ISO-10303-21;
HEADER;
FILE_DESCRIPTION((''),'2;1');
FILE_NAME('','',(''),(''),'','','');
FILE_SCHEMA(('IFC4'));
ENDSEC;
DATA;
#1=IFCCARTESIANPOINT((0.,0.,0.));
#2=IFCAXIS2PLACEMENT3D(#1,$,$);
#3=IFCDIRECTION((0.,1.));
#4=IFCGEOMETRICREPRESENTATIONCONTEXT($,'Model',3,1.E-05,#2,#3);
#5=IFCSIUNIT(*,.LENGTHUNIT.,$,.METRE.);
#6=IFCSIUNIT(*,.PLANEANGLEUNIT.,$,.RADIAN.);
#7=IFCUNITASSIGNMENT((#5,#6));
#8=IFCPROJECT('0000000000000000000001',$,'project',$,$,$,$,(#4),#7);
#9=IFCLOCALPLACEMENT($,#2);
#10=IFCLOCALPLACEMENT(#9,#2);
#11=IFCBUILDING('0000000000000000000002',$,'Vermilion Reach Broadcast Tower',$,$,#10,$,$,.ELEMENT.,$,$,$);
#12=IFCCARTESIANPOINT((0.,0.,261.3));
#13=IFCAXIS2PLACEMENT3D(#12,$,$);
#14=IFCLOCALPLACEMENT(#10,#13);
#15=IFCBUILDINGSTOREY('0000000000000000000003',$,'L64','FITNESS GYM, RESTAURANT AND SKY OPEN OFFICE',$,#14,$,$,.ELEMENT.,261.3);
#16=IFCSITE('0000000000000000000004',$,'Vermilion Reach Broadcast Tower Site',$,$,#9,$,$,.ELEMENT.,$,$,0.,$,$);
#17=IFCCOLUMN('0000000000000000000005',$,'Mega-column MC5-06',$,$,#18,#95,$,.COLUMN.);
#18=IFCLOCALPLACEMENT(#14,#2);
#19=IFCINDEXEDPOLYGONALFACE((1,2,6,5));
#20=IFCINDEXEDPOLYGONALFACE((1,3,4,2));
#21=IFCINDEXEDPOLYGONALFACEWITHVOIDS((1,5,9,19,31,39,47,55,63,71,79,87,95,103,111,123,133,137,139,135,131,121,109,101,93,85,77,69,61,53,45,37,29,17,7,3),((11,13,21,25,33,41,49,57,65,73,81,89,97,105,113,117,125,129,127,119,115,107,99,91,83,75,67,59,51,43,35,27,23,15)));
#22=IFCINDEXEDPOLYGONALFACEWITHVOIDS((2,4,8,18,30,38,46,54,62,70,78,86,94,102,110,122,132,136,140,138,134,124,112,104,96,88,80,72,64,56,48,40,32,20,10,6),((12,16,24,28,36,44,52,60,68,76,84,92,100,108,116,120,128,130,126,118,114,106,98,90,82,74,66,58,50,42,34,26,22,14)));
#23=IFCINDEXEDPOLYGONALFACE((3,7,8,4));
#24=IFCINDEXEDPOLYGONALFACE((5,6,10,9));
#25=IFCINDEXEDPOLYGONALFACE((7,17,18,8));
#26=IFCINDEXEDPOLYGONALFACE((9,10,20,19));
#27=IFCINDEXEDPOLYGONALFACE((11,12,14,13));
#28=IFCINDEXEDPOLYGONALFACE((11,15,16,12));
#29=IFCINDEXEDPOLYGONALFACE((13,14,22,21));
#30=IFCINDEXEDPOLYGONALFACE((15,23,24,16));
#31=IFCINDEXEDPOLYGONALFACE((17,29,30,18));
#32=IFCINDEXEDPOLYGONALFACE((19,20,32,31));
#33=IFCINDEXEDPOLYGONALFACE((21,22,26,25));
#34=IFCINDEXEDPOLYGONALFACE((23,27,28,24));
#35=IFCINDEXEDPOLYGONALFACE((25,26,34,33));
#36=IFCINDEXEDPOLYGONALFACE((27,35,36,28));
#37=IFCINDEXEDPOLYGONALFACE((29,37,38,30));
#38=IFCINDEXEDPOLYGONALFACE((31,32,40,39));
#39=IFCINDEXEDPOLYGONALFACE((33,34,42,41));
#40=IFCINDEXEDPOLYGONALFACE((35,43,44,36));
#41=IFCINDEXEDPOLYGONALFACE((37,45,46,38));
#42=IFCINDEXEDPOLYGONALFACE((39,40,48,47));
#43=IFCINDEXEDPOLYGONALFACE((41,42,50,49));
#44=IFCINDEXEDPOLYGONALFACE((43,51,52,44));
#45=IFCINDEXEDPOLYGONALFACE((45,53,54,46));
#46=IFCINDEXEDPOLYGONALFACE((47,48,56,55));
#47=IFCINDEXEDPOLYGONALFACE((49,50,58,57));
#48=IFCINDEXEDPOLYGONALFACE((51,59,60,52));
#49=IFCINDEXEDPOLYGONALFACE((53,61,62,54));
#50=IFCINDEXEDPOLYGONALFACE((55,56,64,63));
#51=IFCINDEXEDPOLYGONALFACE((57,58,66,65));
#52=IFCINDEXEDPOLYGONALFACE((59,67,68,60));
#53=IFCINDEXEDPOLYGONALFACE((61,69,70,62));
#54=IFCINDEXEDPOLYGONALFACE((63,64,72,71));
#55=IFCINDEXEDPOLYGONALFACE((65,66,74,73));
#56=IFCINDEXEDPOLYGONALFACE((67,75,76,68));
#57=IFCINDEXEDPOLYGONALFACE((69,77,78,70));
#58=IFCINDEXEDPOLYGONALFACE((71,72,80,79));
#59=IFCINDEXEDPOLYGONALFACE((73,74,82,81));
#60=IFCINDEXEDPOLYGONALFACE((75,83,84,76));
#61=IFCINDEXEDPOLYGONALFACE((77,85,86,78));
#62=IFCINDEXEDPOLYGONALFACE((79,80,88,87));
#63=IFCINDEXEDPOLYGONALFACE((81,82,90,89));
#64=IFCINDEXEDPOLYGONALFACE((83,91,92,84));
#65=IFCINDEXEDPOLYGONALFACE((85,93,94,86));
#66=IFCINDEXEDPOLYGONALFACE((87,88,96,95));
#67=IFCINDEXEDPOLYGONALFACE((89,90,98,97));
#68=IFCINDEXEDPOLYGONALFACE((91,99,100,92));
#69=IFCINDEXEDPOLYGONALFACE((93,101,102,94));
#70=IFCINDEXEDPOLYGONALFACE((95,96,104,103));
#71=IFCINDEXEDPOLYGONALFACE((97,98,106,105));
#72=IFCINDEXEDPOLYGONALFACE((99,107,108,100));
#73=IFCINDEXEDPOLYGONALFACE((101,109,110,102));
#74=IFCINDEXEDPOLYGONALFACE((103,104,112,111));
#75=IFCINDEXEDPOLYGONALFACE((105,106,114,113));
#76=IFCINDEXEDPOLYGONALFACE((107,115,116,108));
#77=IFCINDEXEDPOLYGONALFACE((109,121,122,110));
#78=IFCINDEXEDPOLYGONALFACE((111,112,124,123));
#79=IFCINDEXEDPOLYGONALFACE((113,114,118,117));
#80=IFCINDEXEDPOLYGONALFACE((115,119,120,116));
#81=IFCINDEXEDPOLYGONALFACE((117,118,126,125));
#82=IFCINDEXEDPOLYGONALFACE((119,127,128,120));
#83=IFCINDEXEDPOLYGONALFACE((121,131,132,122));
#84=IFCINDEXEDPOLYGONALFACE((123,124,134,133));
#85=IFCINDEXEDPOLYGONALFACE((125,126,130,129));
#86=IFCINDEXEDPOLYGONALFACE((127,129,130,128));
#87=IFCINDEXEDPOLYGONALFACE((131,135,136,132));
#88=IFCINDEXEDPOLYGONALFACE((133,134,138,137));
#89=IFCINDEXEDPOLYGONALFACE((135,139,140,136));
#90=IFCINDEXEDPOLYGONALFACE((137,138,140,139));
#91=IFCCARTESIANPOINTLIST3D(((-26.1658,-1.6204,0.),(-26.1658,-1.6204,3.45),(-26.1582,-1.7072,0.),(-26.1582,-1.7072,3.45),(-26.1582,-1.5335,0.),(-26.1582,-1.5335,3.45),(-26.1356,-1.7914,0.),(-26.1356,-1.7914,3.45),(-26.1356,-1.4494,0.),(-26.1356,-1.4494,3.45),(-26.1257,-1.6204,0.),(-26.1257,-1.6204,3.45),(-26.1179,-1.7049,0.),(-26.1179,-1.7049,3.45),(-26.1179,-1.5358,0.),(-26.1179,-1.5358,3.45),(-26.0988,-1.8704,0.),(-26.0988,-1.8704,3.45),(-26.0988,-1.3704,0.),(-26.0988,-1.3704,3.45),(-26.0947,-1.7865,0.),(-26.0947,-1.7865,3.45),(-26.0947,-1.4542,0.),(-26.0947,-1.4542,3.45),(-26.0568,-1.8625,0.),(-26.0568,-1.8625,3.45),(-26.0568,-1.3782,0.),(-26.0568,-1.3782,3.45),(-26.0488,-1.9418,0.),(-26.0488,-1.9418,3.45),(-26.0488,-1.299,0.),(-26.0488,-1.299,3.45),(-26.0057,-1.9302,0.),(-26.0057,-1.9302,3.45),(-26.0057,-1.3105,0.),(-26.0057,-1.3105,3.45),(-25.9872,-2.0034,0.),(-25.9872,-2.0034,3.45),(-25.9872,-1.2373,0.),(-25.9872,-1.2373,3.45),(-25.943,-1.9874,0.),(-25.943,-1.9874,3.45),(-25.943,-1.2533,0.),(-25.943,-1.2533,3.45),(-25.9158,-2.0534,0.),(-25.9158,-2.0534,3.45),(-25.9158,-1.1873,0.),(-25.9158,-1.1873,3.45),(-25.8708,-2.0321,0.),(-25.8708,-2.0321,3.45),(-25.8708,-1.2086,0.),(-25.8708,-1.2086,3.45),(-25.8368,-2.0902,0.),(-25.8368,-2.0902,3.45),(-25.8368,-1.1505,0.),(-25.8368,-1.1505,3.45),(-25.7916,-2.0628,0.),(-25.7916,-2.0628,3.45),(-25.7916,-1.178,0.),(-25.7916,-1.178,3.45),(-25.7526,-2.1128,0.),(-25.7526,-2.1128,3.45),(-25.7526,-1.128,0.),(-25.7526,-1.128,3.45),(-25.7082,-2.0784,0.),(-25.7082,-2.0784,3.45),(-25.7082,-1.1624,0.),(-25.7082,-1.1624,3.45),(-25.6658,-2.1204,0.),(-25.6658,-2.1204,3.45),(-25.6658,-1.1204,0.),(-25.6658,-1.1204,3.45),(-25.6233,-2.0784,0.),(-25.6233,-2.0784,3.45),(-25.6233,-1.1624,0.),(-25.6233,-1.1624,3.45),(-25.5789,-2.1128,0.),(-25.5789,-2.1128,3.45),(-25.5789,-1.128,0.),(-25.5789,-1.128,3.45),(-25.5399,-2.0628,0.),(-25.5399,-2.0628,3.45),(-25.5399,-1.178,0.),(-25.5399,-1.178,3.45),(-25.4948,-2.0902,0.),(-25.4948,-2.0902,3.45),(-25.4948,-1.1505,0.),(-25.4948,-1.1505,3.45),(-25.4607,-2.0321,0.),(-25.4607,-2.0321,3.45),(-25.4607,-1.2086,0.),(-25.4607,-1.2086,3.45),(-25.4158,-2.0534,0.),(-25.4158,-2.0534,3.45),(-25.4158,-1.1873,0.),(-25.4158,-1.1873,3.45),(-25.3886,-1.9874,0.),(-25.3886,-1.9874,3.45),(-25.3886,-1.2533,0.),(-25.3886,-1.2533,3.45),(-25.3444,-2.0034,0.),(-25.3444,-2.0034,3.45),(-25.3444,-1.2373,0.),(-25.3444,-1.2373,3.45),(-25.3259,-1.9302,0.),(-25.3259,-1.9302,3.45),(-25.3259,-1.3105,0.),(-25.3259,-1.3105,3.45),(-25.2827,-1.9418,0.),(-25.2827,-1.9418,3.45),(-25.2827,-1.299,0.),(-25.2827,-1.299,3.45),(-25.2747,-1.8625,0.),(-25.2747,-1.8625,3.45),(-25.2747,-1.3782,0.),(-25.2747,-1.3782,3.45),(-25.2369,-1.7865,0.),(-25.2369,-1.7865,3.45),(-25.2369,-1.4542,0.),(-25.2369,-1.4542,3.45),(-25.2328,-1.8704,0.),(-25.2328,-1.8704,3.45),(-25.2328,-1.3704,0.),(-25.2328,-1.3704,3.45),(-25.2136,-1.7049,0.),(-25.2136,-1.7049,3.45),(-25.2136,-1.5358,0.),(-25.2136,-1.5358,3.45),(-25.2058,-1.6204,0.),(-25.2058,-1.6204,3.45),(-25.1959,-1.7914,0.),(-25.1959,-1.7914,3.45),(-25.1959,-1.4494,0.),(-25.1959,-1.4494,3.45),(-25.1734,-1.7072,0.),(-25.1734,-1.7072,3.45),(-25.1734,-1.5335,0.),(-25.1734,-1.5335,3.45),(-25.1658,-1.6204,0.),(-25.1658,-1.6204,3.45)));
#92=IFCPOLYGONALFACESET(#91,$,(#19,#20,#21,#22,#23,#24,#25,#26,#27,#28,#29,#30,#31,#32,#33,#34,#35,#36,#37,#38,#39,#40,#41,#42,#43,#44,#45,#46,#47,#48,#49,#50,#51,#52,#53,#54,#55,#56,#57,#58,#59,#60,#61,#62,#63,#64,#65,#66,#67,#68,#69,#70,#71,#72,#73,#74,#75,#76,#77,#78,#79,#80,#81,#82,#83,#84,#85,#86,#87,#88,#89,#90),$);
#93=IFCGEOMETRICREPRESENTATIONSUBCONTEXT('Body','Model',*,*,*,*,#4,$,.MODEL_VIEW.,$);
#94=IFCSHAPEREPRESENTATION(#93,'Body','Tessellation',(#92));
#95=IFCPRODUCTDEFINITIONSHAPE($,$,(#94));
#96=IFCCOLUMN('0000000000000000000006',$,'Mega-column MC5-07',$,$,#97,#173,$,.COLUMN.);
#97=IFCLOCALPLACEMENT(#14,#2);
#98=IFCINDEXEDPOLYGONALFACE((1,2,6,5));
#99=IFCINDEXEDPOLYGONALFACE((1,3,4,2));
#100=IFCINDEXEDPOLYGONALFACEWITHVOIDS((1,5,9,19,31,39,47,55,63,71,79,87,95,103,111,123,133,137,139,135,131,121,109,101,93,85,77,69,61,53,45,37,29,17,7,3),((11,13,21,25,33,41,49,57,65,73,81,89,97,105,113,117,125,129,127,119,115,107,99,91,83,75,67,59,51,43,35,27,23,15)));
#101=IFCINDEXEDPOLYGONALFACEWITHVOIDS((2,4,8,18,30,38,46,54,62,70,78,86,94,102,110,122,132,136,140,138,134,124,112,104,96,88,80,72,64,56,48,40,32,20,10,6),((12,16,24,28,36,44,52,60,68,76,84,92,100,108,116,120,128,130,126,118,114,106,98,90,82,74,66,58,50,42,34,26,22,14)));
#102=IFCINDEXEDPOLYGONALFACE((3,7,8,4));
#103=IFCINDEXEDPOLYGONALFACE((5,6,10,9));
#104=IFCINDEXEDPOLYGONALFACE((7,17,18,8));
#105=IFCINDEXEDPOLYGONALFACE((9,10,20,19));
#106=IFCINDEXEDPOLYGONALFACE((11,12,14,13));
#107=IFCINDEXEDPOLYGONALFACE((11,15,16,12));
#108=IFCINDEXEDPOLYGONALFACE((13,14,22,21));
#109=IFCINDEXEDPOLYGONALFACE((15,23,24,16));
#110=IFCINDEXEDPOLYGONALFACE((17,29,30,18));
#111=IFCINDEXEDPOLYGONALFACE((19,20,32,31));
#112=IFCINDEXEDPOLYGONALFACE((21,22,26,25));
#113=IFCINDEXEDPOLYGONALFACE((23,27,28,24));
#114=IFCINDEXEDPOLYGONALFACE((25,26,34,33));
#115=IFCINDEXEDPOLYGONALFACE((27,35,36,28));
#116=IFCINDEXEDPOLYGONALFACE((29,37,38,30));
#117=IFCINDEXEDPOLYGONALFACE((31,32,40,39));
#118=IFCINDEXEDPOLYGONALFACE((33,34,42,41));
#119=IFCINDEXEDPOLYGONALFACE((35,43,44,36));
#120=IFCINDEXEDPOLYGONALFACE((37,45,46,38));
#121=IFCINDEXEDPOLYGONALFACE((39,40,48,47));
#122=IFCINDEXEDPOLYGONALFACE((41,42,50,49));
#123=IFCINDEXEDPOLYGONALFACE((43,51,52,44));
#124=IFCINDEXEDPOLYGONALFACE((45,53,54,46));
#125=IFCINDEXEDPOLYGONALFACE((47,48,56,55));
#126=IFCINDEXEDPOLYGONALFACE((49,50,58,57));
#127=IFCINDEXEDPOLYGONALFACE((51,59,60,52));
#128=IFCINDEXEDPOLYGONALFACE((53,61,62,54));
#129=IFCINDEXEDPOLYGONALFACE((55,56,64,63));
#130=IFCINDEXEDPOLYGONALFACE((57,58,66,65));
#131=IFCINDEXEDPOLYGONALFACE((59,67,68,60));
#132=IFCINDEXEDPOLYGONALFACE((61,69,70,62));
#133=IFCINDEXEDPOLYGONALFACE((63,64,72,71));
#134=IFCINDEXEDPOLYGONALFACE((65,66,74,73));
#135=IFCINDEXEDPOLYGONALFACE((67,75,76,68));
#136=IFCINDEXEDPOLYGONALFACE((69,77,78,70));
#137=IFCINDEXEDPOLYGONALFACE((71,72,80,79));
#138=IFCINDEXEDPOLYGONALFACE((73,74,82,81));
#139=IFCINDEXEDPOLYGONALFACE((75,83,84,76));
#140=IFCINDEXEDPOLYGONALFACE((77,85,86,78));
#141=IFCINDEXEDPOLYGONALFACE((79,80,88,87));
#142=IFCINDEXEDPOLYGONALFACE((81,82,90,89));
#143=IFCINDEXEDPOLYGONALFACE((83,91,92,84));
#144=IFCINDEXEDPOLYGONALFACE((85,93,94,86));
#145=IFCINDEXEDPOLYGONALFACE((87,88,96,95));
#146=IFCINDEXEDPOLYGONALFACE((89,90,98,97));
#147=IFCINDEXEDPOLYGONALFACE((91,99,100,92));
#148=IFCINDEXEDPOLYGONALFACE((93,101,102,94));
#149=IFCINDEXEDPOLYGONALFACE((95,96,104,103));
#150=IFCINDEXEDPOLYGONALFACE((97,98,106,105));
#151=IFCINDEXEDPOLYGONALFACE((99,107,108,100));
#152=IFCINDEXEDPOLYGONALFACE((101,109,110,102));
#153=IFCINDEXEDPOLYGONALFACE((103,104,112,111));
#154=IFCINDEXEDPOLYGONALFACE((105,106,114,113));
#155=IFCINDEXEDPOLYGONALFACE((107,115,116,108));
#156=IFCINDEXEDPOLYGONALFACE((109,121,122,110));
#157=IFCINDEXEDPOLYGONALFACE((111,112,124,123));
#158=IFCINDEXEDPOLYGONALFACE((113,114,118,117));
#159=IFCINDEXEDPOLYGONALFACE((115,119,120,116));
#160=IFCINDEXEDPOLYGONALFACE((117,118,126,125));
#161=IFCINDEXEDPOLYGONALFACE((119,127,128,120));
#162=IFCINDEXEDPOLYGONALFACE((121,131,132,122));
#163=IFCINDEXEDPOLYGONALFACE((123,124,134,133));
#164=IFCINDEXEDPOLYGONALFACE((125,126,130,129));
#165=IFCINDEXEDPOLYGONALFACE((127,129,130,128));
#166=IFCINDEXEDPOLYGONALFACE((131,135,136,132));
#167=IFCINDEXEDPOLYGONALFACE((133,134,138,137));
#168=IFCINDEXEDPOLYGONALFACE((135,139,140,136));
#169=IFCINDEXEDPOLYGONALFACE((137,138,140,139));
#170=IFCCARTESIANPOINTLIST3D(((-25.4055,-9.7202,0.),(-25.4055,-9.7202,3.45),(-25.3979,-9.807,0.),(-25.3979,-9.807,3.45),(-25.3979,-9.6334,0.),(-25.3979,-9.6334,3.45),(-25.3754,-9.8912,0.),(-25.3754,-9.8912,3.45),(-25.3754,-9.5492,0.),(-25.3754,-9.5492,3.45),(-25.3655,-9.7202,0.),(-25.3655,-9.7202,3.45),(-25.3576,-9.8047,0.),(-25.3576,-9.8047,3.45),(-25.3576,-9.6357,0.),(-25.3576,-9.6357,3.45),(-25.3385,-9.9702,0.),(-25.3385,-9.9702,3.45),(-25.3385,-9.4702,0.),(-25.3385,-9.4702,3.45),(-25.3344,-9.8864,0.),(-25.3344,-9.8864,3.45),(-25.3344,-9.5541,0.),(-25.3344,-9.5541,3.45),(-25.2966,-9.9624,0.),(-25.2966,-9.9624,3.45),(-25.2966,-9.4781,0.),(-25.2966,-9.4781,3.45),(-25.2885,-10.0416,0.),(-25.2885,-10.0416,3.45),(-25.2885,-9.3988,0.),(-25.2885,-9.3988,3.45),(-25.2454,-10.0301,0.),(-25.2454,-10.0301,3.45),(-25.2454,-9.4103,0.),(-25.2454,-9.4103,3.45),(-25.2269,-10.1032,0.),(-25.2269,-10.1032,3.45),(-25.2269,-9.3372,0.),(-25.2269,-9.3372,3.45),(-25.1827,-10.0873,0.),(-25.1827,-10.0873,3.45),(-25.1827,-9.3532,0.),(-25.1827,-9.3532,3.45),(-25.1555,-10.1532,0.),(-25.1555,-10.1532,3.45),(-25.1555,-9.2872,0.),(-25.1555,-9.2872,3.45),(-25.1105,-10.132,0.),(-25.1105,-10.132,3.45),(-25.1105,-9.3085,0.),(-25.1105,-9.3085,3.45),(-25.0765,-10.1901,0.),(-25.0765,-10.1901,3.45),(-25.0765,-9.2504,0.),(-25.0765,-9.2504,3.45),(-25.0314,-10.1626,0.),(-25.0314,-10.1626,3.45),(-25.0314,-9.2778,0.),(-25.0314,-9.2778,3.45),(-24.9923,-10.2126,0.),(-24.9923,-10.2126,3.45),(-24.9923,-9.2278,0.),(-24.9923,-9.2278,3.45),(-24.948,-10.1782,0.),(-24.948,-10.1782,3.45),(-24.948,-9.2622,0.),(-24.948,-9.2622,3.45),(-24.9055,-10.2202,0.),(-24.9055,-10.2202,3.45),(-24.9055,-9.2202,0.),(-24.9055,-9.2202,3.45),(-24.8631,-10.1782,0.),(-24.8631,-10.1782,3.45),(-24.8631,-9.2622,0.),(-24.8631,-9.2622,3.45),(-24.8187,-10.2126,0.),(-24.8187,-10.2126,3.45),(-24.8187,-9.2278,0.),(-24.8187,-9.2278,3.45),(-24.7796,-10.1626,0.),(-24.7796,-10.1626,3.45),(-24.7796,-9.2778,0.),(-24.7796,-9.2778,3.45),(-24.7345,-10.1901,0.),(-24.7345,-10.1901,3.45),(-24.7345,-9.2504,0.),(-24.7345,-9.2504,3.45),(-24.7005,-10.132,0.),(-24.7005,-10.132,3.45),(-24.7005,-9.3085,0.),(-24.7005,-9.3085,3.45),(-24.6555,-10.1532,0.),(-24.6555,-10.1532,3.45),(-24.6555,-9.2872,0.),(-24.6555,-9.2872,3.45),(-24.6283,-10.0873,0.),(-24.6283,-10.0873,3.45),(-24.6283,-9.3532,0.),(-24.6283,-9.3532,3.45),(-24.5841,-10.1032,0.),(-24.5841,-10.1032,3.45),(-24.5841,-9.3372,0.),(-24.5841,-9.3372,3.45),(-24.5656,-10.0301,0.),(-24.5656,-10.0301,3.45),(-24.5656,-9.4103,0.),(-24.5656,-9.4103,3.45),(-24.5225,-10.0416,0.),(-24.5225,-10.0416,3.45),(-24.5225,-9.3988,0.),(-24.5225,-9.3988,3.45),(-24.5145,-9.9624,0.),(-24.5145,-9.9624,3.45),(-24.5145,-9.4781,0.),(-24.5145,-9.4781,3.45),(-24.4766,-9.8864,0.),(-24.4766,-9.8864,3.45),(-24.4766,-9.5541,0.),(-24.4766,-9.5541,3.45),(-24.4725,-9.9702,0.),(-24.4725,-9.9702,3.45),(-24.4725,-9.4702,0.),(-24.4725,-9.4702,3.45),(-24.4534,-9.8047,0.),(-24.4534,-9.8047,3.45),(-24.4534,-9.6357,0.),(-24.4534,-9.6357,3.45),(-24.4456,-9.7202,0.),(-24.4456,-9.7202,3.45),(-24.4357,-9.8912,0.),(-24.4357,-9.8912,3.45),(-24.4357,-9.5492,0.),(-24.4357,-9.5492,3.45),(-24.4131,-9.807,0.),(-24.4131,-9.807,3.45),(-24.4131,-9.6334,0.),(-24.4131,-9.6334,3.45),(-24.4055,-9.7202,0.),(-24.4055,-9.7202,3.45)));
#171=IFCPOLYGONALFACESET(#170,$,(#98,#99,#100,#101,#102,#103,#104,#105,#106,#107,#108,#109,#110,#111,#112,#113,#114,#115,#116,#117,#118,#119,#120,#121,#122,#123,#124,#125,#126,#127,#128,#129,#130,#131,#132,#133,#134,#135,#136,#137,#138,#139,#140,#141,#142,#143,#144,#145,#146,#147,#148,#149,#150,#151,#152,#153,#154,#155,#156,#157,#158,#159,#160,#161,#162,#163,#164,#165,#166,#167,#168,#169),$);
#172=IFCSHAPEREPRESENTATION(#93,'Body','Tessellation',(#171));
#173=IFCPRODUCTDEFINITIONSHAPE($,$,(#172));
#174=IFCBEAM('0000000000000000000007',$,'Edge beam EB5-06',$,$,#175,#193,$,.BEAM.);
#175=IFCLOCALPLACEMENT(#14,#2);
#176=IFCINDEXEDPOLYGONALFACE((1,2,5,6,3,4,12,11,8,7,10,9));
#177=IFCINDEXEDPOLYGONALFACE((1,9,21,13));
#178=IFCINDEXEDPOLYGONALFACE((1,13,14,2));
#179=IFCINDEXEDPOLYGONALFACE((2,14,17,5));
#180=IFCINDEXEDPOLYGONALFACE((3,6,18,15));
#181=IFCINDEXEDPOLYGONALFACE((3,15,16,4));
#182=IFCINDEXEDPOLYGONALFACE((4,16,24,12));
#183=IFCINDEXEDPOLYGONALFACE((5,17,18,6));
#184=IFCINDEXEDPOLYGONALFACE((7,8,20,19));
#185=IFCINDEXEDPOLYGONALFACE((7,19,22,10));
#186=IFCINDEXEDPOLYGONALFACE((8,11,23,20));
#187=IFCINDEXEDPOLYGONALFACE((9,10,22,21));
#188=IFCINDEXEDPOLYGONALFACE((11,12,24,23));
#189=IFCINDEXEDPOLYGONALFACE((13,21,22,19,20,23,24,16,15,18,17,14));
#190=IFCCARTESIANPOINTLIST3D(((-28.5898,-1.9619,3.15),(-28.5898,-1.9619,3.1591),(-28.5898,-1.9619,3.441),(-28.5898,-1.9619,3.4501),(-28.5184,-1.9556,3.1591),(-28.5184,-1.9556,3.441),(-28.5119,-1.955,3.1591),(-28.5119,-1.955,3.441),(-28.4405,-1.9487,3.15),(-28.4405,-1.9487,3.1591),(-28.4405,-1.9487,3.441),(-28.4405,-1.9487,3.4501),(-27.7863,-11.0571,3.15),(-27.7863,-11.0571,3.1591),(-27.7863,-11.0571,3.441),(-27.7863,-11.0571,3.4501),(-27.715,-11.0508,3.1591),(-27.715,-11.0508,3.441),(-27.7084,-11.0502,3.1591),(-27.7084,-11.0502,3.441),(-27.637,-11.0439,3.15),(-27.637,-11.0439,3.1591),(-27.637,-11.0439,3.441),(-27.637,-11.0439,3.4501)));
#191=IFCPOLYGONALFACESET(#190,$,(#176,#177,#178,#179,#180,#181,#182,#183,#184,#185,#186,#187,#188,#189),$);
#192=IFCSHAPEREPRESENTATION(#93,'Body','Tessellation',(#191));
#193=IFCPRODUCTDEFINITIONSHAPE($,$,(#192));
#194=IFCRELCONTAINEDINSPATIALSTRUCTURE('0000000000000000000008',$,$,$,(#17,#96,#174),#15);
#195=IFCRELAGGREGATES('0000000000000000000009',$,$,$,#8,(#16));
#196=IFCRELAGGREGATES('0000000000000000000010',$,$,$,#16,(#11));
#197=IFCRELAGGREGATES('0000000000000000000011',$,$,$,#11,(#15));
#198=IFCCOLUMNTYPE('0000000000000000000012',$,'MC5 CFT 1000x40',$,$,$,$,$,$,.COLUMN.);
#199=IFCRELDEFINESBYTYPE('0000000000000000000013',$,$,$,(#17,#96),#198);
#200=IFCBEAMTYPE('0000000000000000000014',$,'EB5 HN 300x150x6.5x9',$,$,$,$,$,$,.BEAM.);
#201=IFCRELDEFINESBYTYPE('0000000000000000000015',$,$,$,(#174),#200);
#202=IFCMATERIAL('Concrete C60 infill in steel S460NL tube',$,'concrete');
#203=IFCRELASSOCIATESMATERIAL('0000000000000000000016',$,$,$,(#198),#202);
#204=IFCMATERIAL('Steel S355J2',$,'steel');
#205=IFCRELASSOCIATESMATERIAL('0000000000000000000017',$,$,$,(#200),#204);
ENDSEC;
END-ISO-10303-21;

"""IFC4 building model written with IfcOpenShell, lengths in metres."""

from ifc_helpers import new_model, si_unit, direction, frame, origin, origin_2d, place, context, subcontext, project, spatial, hollow_circle, i_section, extrude, material, material_profile, profile_set, type_object, element, save


model = new_model("IFC4")

# Units and contexts
model_context = context("Model", 3, precision=1e-05, world=origin(), true_north=direction((0.0, 1.0)))
body_context = subcontext(model_context, "Body", "Model", "MODEL_VIEW")
ifc_project = project(units=[si_unit("LENGTHUNIT", "METRE"), si_unit("PLANEANGLEUNIT", "RADIAN")], contexts=[model_context])

# Site, building, storey
site_placement = place(None, origin())
site = spatial("IfcSite", under=ifc_project, at=site_placement, Name="Vermilion Reach Broadcast Tower Site", CompositionType="ELEMENT", RefElevation=0.0)
building_placement = place(site_placement, origin())
building = spatial("IfcBuilding", under=site, at=building_placement, Name="Vermilion Reach Broadcast Tower", CompositionType="ELEMENT")
storey_placement = place(building_placement, frame((0.0, 0.0, 261.3)))
storey = spatial("IfcBuildingStorey", under=building, at=storey_placement, Name="L64", Description="FITNESS GYM, RESTAURANT AND SKY OPEN OFFICE", CompositionType="ELEMENT", Elevation=261.3)

# Columns
ifc_material_1 = material(Name="Concrete C60 infill in steel S460NL tube", Category="concrete")
ifc_material_profile_1 = material_profile(ifc_material_1, hollow_circle(Radius=0.5, WallThickness=0.04, at=origin_2d()), Name="Concrete C60 infill in steel S460NL tube CFT 1000x40")
ifc_profile_set_1 = profile_set([ifc_material_profile_1], Name="Concrete C60 infill in steel S460NL tube")
column_type = type_object("IfcColumnType", Name="MC5 CFT 1000x40", PredefinedType="COLUMN", material=ifc_profile_set_1)
for number, where, z_axis, x_axis, name in (
    (1, (-25.6658, -1.6204, 0.0), (0.0, 0.0, 1.0), (1.0, 0.0, 0.0), "Mega-column MC5-06"),
    (2, (-24.9055, -9.7202, 0.0), (0.0, 0.0, 1.0), (1.0, 0.0, 0.0), "Mega-column MC5-07"),
):
    element("IfcColumn", number, at=place(storey_placement, frame(where, z_axis=z_axis, x_axis=x_axis)), inside=storey, type_object=column_type, Name=name, PredefinedType="COLUMN", context=body_context, shape_type="SweptSolid", body=[
        extrude(hollow_circle(Radius=0.5, WallThickness=0.04, at=origin_2d()), origin(), (0.0, 0.0, 1.0), 3.45),
    ])

# Beam
ifc_material_2 = material(Name="Steel S355J2", Category="steel")
ifc_material_profile_2 = material_profile(ifc_material_2, i_section(OverallWidth=0.1499, OverallDepth=0.3, WebThickness=0.0066, FlangeThickness=0.009, at=origin_2d()), Name="S355J2 HN 300x150x6.5x9")
ifc_profile_set_2 = profile_set([ifc_material_profile_2], Name="Steel S355J2")
beam_type_1 = type_object("IfcBeamType", Name="EB5 HN 300x150x6.5x9", PredefinedType="BEAM", material=ifc_profile_set_2)
beam_1_placement = place(storey_placement, frame((-28.5151, -1.9553, 3.3), z_axis=(0.087997, -0.996121, 0.0), x_axis=(0.996121, 0.087997, 0.0)))
element("IfcBeam", 3, at=beam_1_placement, inside=storey, type_object=beam_type_1, Name="Edge beam EB5-06", PredefinedType="BEAM", context=body_context, shape_type="SweptSolid", body=[
    extrude(i_section(OverallWidth=0.1499, OverallDepth=0.3, WebThickness=0.0066, FlangeThickness=0.009, at=origin_2d()), origin(), (0.0, 0.0, 1.0), 9.1306),
])

save(model, "model.ifc")
